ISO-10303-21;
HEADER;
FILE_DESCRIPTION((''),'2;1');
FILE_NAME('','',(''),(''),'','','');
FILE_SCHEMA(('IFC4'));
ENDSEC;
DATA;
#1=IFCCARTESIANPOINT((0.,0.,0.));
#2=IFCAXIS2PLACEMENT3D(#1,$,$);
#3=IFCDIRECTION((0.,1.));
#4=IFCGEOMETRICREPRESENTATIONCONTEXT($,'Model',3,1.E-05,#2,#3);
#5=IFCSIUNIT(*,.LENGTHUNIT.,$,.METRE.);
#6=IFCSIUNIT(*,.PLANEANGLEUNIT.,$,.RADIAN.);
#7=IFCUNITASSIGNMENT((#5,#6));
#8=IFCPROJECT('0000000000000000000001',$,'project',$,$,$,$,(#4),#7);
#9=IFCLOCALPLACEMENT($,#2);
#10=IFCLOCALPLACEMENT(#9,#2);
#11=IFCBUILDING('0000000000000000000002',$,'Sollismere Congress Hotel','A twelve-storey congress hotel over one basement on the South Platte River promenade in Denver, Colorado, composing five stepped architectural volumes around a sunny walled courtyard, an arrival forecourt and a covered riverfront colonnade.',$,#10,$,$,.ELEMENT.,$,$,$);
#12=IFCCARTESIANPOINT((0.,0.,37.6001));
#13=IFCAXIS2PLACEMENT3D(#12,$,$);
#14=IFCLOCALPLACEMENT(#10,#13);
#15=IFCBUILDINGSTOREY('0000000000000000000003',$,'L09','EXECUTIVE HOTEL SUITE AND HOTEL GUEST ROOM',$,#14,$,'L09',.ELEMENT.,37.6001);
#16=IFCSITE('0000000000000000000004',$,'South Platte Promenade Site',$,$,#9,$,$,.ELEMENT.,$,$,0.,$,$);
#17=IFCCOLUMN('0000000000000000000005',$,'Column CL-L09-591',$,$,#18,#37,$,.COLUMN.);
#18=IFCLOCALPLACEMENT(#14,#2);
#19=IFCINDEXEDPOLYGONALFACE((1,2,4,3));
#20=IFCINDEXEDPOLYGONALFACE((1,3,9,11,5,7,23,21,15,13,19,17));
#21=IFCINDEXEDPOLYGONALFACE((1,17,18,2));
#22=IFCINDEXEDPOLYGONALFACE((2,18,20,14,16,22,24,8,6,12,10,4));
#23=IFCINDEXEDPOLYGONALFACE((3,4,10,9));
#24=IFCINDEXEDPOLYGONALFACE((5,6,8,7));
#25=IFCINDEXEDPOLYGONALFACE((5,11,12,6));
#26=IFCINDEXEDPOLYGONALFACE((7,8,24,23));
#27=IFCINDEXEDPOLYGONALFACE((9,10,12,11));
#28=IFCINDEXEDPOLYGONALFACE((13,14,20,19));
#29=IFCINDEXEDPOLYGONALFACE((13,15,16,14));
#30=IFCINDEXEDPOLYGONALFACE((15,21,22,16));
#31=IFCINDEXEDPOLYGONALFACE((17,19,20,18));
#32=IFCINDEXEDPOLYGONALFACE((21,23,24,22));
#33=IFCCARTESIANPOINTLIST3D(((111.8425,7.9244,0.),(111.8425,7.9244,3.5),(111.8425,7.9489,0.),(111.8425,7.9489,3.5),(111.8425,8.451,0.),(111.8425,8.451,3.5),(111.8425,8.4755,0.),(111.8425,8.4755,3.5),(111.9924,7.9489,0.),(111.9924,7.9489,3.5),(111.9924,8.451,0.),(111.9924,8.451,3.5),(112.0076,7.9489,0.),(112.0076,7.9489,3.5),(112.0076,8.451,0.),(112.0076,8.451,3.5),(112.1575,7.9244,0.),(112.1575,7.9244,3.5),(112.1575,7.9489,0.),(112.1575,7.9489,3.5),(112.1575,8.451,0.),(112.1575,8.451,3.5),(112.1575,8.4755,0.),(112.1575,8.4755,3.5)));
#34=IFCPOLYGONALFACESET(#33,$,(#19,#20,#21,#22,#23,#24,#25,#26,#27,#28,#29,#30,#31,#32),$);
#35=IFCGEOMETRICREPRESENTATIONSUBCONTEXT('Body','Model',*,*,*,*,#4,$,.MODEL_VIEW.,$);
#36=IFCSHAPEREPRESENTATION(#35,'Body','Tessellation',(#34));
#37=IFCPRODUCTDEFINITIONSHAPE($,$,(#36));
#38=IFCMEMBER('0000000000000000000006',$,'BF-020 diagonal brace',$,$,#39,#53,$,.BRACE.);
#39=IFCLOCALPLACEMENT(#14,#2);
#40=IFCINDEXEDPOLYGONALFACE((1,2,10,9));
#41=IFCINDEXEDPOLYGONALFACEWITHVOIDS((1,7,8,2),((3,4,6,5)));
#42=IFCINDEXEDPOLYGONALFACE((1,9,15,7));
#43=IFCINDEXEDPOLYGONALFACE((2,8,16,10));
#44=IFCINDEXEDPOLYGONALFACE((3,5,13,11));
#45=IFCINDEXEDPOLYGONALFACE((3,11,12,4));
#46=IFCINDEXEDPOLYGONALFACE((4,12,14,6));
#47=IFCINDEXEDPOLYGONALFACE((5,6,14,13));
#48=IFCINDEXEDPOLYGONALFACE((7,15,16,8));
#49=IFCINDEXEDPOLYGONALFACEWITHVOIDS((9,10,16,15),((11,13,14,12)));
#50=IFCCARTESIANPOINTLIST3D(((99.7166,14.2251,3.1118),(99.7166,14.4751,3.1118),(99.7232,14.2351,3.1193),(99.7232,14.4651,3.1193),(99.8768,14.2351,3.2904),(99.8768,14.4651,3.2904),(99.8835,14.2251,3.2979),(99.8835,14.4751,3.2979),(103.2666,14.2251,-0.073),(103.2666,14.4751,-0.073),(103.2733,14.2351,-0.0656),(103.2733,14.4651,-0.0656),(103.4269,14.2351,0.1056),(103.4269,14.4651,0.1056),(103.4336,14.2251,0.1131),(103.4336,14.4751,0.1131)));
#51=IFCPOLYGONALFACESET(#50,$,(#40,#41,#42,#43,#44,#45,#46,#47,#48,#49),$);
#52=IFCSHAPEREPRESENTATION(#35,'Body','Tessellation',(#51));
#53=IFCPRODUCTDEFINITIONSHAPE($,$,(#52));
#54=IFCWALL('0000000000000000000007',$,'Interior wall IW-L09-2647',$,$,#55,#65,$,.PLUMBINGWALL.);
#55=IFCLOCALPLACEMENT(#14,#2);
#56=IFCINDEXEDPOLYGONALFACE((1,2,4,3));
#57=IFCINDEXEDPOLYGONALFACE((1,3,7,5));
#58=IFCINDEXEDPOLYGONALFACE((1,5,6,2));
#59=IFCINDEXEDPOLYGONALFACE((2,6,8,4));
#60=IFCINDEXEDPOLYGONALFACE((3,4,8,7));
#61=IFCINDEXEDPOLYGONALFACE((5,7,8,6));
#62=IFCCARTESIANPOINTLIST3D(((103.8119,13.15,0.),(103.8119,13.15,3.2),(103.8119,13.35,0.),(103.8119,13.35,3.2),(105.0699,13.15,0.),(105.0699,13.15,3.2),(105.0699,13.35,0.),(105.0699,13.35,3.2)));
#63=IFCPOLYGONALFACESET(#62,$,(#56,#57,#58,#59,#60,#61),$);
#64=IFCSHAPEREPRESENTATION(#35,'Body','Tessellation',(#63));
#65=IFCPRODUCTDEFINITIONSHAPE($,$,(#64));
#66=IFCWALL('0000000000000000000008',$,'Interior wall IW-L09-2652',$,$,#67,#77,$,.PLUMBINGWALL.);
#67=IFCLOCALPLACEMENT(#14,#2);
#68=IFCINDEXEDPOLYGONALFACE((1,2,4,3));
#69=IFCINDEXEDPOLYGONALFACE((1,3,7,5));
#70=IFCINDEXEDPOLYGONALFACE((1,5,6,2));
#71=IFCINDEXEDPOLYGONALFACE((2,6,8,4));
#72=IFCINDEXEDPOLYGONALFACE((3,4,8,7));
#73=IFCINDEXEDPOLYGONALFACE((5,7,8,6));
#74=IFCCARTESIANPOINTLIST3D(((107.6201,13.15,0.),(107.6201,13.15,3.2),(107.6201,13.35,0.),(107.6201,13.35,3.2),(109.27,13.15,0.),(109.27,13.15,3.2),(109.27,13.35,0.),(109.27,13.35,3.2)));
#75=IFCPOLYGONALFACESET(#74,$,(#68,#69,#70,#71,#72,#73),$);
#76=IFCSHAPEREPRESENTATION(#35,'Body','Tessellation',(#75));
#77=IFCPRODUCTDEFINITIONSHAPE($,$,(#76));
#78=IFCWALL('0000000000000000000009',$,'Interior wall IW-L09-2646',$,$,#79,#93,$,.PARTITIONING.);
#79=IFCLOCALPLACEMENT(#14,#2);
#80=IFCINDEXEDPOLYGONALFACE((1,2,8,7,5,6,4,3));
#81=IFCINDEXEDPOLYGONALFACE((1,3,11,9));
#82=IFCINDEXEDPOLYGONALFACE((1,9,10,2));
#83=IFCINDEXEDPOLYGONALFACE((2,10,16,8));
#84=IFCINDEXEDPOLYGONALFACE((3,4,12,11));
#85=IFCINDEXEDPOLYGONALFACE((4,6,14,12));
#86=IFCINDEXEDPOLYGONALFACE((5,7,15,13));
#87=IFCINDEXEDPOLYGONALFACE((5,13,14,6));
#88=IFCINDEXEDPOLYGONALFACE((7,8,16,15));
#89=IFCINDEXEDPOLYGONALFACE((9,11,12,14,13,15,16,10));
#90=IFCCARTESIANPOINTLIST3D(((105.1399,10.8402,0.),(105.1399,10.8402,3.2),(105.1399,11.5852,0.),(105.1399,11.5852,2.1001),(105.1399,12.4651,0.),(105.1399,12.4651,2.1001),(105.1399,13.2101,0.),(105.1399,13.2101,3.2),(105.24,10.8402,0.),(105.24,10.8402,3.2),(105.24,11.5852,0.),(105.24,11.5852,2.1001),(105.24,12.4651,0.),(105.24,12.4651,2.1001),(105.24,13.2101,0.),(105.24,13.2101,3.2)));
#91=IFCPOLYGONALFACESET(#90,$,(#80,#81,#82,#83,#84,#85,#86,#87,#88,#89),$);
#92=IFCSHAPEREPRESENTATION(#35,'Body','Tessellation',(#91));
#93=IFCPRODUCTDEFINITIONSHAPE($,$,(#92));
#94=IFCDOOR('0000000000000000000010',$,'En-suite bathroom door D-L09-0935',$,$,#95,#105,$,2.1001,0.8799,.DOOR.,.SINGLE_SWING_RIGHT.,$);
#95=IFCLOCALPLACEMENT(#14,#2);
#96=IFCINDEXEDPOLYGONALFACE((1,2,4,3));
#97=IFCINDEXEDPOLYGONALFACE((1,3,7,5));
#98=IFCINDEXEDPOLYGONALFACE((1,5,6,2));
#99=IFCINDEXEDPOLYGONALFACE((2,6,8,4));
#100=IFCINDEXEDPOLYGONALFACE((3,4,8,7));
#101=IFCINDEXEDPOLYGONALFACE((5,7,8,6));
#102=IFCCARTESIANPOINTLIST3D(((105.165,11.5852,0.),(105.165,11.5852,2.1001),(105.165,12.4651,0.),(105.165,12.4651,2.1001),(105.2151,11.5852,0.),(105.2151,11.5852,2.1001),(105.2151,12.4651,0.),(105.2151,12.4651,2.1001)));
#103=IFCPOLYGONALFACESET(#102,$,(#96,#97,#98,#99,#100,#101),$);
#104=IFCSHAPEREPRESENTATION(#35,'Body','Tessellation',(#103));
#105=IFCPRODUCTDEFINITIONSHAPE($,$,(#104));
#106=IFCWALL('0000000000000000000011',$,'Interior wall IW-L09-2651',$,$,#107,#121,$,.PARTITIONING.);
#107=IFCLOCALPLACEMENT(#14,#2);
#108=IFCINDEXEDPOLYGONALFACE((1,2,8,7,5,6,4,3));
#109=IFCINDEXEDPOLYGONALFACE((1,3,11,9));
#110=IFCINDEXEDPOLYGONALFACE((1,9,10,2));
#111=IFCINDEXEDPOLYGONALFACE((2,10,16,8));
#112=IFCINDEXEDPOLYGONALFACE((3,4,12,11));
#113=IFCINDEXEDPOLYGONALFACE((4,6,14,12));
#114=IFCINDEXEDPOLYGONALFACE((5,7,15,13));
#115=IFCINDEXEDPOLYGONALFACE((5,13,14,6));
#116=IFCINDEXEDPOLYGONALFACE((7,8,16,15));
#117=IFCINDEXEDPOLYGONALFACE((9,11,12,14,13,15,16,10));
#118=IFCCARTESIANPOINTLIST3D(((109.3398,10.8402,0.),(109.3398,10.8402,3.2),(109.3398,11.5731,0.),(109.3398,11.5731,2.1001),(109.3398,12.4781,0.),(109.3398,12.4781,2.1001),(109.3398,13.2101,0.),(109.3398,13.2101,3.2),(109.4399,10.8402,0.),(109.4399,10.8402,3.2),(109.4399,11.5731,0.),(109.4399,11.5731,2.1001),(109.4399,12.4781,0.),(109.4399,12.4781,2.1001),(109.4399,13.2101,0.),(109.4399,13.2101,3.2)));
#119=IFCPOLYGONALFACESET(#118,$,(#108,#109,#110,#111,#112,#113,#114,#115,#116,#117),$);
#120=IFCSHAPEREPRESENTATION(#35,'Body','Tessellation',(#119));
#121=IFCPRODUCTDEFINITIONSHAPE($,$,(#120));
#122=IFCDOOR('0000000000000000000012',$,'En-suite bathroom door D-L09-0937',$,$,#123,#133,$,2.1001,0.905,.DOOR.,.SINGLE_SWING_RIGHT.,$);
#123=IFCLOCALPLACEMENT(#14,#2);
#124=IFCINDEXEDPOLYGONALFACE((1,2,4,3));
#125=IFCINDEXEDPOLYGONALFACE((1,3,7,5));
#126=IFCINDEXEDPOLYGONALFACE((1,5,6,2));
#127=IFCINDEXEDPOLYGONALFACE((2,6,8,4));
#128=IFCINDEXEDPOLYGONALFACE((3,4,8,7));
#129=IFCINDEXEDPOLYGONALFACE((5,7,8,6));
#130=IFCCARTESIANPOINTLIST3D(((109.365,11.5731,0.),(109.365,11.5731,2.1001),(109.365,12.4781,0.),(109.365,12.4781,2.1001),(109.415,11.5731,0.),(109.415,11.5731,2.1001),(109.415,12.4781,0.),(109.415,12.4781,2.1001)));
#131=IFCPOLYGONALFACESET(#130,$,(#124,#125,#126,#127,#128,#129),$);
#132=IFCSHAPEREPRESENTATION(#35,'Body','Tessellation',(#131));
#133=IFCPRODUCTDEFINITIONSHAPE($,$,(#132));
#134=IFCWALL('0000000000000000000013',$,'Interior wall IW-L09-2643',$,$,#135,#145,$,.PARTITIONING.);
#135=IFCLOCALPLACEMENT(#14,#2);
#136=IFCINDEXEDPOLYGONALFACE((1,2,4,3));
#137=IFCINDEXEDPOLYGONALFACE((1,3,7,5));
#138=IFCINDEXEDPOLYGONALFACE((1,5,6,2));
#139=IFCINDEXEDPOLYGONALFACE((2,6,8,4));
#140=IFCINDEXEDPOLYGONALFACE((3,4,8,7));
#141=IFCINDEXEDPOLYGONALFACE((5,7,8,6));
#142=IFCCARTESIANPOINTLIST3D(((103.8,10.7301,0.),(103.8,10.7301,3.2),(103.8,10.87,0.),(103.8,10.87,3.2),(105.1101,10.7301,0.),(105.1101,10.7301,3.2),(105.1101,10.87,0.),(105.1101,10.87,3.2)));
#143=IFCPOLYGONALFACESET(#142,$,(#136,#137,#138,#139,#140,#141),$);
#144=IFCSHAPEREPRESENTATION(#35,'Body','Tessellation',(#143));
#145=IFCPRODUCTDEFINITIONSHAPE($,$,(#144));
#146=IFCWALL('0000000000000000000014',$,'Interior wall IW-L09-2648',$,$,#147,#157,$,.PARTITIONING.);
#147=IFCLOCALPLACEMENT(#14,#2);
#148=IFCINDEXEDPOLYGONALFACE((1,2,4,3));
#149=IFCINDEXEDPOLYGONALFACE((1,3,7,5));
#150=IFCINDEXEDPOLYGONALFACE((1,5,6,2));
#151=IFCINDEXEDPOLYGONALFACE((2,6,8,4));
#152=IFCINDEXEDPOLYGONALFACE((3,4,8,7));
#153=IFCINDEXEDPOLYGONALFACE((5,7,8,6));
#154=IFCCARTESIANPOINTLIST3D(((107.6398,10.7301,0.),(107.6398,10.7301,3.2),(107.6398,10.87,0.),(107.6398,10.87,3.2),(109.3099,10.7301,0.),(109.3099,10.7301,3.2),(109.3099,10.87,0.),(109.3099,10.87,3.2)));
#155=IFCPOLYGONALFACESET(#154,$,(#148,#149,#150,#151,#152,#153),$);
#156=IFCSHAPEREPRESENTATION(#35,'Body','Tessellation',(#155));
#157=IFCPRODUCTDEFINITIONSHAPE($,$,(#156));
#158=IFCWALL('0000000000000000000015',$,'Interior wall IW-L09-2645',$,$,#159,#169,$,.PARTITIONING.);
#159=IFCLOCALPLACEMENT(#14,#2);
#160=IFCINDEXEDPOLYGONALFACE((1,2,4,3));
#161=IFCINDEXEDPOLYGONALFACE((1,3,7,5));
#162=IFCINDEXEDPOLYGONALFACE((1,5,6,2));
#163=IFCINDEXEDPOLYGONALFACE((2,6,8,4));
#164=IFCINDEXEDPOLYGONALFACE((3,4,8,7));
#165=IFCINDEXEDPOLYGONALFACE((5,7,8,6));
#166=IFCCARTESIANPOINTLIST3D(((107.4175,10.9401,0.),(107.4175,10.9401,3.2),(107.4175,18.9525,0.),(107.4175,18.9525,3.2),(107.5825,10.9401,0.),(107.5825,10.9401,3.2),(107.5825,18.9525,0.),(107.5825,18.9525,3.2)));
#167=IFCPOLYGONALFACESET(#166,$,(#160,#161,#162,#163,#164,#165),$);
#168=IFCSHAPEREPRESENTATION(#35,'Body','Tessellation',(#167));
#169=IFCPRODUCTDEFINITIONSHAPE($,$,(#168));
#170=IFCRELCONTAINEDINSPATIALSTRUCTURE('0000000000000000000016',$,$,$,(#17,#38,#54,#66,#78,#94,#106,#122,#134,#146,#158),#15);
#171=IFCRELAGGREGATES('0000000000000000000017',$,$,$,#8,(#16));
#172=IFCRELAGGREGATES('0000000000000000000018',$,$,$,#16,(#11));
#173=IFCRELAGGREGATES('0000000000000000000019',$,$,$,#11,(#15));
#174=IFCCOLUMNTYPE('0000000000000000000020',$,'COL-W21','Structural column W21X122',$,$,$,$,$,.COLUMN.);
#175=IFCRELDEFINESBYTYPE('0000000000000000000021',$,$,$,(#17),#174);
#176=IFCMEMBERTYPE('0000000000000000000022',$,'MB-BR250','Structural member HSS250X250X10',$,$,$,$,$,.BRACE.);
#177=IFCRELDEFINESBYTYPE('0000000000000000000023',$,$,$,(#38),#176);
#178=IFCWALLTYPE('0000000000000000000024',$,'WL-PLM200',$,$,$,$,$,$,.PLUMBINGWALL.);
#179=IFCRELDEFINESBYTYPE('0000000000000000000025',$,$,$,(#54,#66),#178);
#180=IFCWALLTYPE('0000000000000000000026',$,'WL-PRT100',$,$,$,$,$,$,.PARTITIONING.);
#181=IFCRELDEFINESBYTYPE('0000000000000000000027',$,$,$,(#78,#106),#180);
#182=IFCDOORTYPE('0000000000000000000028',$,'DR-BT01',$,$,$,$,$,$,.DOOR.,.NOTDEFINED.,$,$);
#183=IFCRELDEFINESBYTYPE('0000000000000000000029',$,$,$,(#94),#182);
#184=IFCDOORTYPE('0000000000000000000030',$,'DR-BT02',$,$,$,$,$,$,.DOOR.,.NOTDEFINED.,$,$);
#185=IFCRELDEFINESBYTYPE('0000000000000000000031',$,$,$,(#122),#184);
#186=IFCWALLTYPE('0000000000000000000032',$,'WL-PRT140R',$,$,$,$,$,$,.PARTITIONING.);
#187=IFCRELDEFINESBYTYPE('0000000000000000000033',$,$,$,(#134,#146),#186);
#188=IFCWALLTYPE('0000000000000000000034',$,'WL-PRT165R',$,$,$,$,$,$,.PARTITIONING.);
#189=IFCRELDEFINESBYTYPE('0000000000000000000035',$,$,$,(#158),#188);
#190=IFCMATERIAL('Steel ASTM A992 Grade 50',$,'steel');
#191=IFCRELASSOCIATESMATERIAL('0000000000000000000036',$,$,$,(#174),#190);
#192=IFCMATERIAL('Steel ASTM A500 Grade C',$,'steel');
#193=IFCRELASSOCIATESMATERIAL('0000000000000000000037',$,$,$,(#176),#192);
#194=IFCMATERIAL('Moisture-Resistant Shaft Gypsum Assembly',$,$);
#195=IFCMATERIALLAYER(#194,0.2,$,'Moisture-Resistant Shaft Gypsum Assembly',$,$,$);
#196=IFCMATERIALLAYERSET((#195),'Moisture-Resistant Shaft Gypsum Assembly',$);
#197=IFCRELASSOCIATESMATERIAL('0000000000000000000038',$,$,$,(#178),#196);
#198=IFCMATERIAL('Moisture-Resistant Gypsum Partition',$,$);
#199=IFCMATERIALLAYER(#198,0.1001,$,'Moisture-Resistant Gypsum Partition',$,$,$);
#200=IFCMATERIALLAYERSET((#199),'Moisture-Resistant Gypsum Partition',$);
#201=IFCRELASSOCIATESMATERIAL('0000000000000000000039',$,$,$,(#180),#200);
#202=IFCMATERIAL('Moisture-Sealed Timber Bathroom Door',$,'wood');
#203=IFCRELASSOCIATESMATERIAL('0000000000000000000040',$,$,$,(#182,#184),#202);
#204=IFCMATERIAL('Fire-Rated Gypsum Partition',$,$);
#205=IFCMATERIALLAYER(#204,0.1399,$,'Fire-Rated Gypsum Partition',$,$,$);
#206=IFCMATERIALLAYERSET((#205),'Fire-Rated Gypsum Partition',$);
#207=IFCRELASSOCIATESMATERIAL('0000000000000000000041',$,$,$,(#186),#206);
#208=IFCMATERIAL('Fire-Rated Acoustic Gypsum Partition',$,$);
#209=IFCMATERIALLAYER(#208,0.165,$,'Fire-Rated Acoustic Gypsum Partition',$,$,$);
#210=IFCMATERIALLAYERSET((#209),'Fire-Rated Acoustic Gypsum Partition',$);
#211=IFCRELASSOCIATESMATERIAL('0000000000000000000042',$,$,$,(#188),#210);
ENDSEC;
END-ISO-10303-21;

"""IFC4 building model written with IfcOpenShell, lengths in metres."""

from ifc_helpers import new_model, si_unit, direction, frame, frame_2d, origin, origin_2d, place, context, subcontext, project, spatial, rectangle, hollow_rectangle, i_section, extrude, material, layer, layer_set, material_profile, profile_set, type_object, element, fill, save


model = new_model("IFC4")

# Units and contexts
model_context = context("Model", 3, precision=1e-05, world=origin(), true_north=direction((0.0, 1.0)))
body_context = subcontext(model_context, "Body", "Model", "MODEL_VIEW")
ifc_project = project(units=[si_unit("LENGTHUNIT", "METRE"), si_unit("PLANEANGLEUNIT", "RADIAN")], contexts=[model_context])

# Site, building, storey
site_placement = place(None, origin())
site = spatial("IfcSite", under=ifc_project, at=site_placement, Name="South Platte Promenade Site", CompositionType="ELEMENT", RefElevation=0.0)
building_placement = place(site_placement, origin())
building = spatial("IfcBuilding", under=site, at=building_placement, Name="Sollismere Congress Hotel", Description="A twelve-storey congress hotel over one basement on the South Platte River promenade in Denver, Colorado, composing five stepped architectural volumes around a sunny walled courtyard, an arrival forecourt and a covered riverfront colonnade.", CompositionType="ELEMENT")
storey_placement = place(building_placement, frame((0.0, 0.0, 37.6001)))
storey = spatial("IfcBuildingStorey", under=building, at=storey_placement, Name="L09", Description="EXECUTIVE HOTEL SUITE AND HOTEL GUEST ROOM", LongName="L09", CompositionType="ELEMENT", Elevation=37.6001)

# Column
ifc_material_1 = material(Name="Steel ASTM A992 Grade 50", Category="steel")
ifc_material_profile_1 = material_profile(ifc_material_1, i_section(OverallWidth=0.3149, OverallDepth=0.551, WebThickness=0.0151, FlangeThickness=0.0244, at=origin_2d()), Name="W21X122")
ifc_profile_set_1 = profile_set([ifc_material_profile_1], Name="Steel ASTM A992 Grade 50")
column_type = type_object("IfcColumnType", Name="COL-W21", Description="Structural column W21X122", PredefinedType="COLUMN", material=ifc_profile_set_1)
column_placement = place(storey_placement, frame((112.0, 8.2, 0.0), z_axis=(0.0, 0.0, 1.0), x_axis=(1.0, 0.0, 0.0)))
element("IfcColumn", 1, at=column_placement, inside=storey, type_object=column_type, Name="Column CL-L09-591", PredefinedType="COLUMN", context=body_context, shape_type="SweptSolid", body=[
    extrude(i_section(OverallWidth=0.3149, OverallDepth=0.551, WebThickness=0.0151, FlangeThickness=0.0244, at=origin_2d()), origin(), (0.0, 0.0, 1.0), 3.5),
])

# Member
ifc_material_2 = material(Name="Steel ASTM A500 Grade C", Category="steel")
ifc_material_profile_2 = material_profile(ifc_material_2, hollow_rectangle(XDim=0.25, YDim=0.25, WallThickness=0.01, at=origin_2d()), Name="HSS250X250X10")
ifc_profile_set_2 = profile_set([ifc_material_profile_2], Name="Steel ASTM A500 Grade C")
member_type = type_object("IfcMemberType", Name="MB-BR250", Description="Structural member HSS250X250X10", PredefinedType="BRACE", material=ifc_profile_set_2)
member_placement = place(storey_placement, frame((103.3501, 14.3501, 0.02), z_axis=(-0.74436, 0.0, 0.667779), x_axis=(0.0, -1.0, 0.0)))
element("IfcMember", 2, at=member_placement, inside=storey, type_object=member_type, Name="BF-020 diagonal brace", PredefinedType="BRACE", context=body_context, shape_type="SweptSolid", body=[
    extrude(hollow_rectangle(XDim=0.25, YDim=0.25, WallThickness=0.01, at=origin_2d()), origin(), (0.0, 0.0, 1.0), 4.7693),
])

# Walls
ifc_material_3 = material(Name="Moisture-Resistant Shaft Gypsum Assembly")
ifc_layer_1 = layer(ifc_material_3, 0.2, Name="Moisture-Resistant Shaft Gypsum Assembly")
ifc_layer_set_1 = layer_set([ifc_layer_1], Name="Moisture-Resistant Shaft Gypsum Assembly")
wall_type_1 = type_object("IfcWallType", Name="WL-PLM200", PredefinedType="PLUMBINGWALL", material=ifc_layer_set_1)
wall_1_placement = place(storey_placement, frame((103.812, 13.25, 0.0), z_axis=(0.0, 0.0, 1.0), x_axis=(1.0, 0.0, 0.0)))
element("IfcWall", 3, at=wall_1_placement, inside=storey, type_object=wall_type_1, Name="Interior wall IW-L09-2647", PredefinedType="PLUMBINGWALL", context=body_context, shape_type="SweptSolid", body=[
    extrude(rectangle(XDim=1.2581, YDim=0.2, at=frame_2d((0.6289, 0.0))), origin(), (0.0, 0.0, 1.0), 3.2),
])
wall_2_placement = place(storey_placement, frame((107.6201, 13.25, 0.0), z_axis=(0.0, 0.0, 1.0), x_axis=(1.0, 0.0, 0.0)))
element("IfcWall", 4, at=wall_2_placement, inside=storey, type_object=wall_type_1, Name="Interior wall IW-L09-2652", PredefinedType="PLUMBINGWALL", context=body_context, shape_type="SweptSolid", body=[
    extrude(rectangle(XDim=1.6499, YDim=0.2, at=frame_2d((0.825, 0.0))), origin(), (0.0, 0.0, 1.0), 3.2),
])

# Walls, openings, doors
ifc_material_4 = material(Name="Moisture-Resistant Gypsum Partition")
ifc_layer_2 = layer(ifc_material_4, 0.1001, Name="Moisture-Resistant Gypsum Partition")
ifc_layer_set_2 = layer_set([ifc_layer_2], Name="Moisture-Resistant Gypsum Partition")
wall_type_2 = type_object("IfcWallType", Name="WL-PRT100", PredefinedType="PARTITIONING", material=ifc_layer_set_2)
wall_3_placement = place(storey_placement, frame((105.1899, 10.8401, 0.0), z_axis=(0.0, 0.0, 1.0), x_axis=(0.0, 1.0, 0.0)))
wall_3 = element("IfcWall", 5, at=wall_3_placement, inside=storey, type_object=wall_type_2, Name="Interior wall IW-L09-2646", PredefinedType="PARTITIONING", context=body_context, shape_type="SweptSolid", body=[
    extrude(rectangle(XDim=2.3699, YDim=0.1001, at=frame_2d((1.1851, 0.0))), origin(), (0.0, 0.0, 1.0), 3.2),
])
opening_1_placement = place(wall_3_placement, frame((0.7451, 0.0, 0.0)))
opening_1 = element("IfcOpeningElement", 6, at=opening_1_placement, cuts=wall_3, PredefinedType="OPENING", context=body_context, shape_type="SweptSolid", body=[
    extrude(rectangle(XDim=0.8799, YDim=2.1001, at=frame_2d((0.4399, 1.05))), frame((0.0, 0.0601, 0.0), z_axis=(0.0, -1.0, 0.0), x_axis=(1.0, 0.0, 0.0)), (0.0, 0.0, 1.0), 0.1201),
])
ifc_material_5 = material(Name="Moisture-Sealed Timber Bathroom Door", Category="wood")
door_type_1 = type_object("IfcDoorType", Name="DR-BT01", OperationType="NOTDEFINED", PredefinedType="DOOR", material=ifc_material_5)
door_1_placement = place(opening_1_placement, origin())
door_1 = element("IfcDoor", 7, at=door_1_placement, inside=storey, type_object=door_type_1, Name="En-suite bathroom door D-L09-0935", OperationType="SINGLE_SWING_RIGHT", OverallHeight=2.1001, OverallWidth=0.8799, PredefinedType="DOOR", context=body_context, shape_type="SweptSolid", body=[
    extrude(rectangle(XDim=0.8799, YDim=2.1001, at=frame_2d((0.4399, 1.05))), frame((0.0, 0.0249, 0.0), z_axis=(0.0, -1.0, 0.0), x_axis=(1.0, 0.0, 0.0)), (0.0, 0.0, 1.0), 0.05),
])
fill(opening_1, door_1)
wall_4_placement = place(storey_placement, frame((109.3899, 10.8401, 0.0), z_axis=(0.0, 0.0, 1.0), x_axis=(0.0, 1.0, 0.0)))
wall_4 = element("IfcWall", 8, at=wall_4_placement, inside=storey, type_object=wall_type_2, Name="Interior wall IW-L09-2651", PredefinedType="PARTITIONING", context=body_context, shape_type="SweptSolid", body=[
    extrude(rectangle(XDim=2.3699, YDim=0.1001, at=frame_2d((1.1851, 0.0))), origin(), (0.0, 0.0, 1.0), 3.2),
])
opening_2_placement = place(wall_4_placement, frame((0.7329, 0.0, 0.0)))
opening_2 = element("IfcOpeningElement", 9, at=opening_2_placement, cuts=wall_4, PredefinedType="OPENING", context=body_context, shape_type="SweptSolid", body=[
    extrude(rectangle(XDim=0.905, YDim=2.1001, at=frame_2d((0.4526, 1.05))), frame((0.0, 0.0601, 0.0), z_axis=(0.0, -1.0, 0.0), x_axis=(1.0, 0.0, 0.0)), (0.0, 0.0, 1.0), 0.1201),
])
door_type_2 = type_object("IfcDoorType", Name="DR-BT02", OperationType="NOTDEFINED", PredefinedType="DOOR", material=ifc_material_5)
door_2_placement = place(opening_2_placement, origin())
door_2 = element("IfcDoor", 10, at=door_2_placement, inside=storey, type_object=door_type_2, Name="En-suite bathroom door D-L09-0937", OperationType="SINGLE_SWING_RIGHT", OverallHeight=2.1001, OverallWidth=0.905, PredefinedType="DOOR", context=body_context, shape_type="SweptSolid", body=[
    extrude(rectangle(XDim=0.905, YDim=2.1001, at=frame_2d((0.4526, 1.05))), frame((0.0, 0.0249, 0.0), z_axis=(0.0, -1.0, 0.0), x_axis=(1.0, 0.0, 0.0)), (0.0, 0.0, 1.0), 0.05),
])
fill(opening_2, door_2)
ifc_material_6 = material(Name="Fire-Rated Gypsum Partition")
ifc_layer_3 = layer(ifc_material_6, 0.1399, Name="Fire-Rated Gypsum Partition")
ifc_layer_set_3 = layer_set([ifc_layer_3], Name="Fire-Rated Gypsum Partition")
wall_type_3 = type_object("IfcWallType", Name="WL-PRT140R", PredefinedType="PARTITIONING", material=ifc_layer_set_3)

# Wall
wall_5_placement = place(storey_placement, frame((103.8, 10.8, 0.0), z_axis=(0.0, 0.0, 1.0), x_axis=(1.0, 0.0, 0.0)))
element("IfcWall", 11, at=wall_5_placement, inside=storey, type_object=wall_type_3, Name="Interior wall IW-L09-2643", PredefinedType="PARTITIONING", context=body_context, shape_type="SweptSolid", body=[
    extrude(rectangle(XDim=1.3101, YDim=0.1399, at=frame_2d((0.655, 0.0))), origin(), (0.0, 0.0, 1.0), 3.2),
])

# Wall
wall_6_placement = place(storey_placement, frame((107.6399, 10.8, 0.0), z_axis=(0.0, 0.0, 1.0), x_axis=(1.0, 0.0, 0.0)))
element("IfcWall", 12, at=wall_6_placement, inside=storey, type_object=wall_type_3, Name="Interior wall IW-L09-2648", PredefinedType="PARTITIONING", context=body_context, shape_type="SweptSolid", body=[
    extrude(rectangle(XDim=1.6702, YDim=0.1399, at=frame_2d((0.835, 0.0))), origin(), (0.0, 0.0, 1.0), 3.2),
])

# Wall
ifc_material_7 = material(Name="Fire-Rated Acoustic Gypsum Partition")
ifc_layer_4 = layer(ifc_material_7, 0.165, Name="Fire-Rated Acoustic Gypsum Partition")
ifc_layer_set_4 = layer_set([ifc_layer_4], Name="Fire-Rated Acoustic Gypsum Partition")
wall_type_4 = type_object("IfcWallType", Name="WL-PRT165R", PredefinedType="PARTITIONING", material=ifc_layer_set_4)
wall_7_placement = place(storey_placement, frame((107.5, 10.9399, 0.0), z_axis=(0.0, 0.0, 1.0), x_axis=(0.0, 1.0, 0.0)))
element("IfcWall", 13, at=wall_7_placement, inside=storey, type_object=wall_type_4, Name="Interior wall IW-L09-2645", PredefinedType="PARTITIONING", context=body_context, shape_type="SweptSolid", body=[
    extrude(rectangle(XDim=8.0125, YDim=0.165, at=frame_2d((4.0063, 0.0))), origin(), (0.0, 0.0, 1.0), 3.2),
])

save(model, "model.ifc")
